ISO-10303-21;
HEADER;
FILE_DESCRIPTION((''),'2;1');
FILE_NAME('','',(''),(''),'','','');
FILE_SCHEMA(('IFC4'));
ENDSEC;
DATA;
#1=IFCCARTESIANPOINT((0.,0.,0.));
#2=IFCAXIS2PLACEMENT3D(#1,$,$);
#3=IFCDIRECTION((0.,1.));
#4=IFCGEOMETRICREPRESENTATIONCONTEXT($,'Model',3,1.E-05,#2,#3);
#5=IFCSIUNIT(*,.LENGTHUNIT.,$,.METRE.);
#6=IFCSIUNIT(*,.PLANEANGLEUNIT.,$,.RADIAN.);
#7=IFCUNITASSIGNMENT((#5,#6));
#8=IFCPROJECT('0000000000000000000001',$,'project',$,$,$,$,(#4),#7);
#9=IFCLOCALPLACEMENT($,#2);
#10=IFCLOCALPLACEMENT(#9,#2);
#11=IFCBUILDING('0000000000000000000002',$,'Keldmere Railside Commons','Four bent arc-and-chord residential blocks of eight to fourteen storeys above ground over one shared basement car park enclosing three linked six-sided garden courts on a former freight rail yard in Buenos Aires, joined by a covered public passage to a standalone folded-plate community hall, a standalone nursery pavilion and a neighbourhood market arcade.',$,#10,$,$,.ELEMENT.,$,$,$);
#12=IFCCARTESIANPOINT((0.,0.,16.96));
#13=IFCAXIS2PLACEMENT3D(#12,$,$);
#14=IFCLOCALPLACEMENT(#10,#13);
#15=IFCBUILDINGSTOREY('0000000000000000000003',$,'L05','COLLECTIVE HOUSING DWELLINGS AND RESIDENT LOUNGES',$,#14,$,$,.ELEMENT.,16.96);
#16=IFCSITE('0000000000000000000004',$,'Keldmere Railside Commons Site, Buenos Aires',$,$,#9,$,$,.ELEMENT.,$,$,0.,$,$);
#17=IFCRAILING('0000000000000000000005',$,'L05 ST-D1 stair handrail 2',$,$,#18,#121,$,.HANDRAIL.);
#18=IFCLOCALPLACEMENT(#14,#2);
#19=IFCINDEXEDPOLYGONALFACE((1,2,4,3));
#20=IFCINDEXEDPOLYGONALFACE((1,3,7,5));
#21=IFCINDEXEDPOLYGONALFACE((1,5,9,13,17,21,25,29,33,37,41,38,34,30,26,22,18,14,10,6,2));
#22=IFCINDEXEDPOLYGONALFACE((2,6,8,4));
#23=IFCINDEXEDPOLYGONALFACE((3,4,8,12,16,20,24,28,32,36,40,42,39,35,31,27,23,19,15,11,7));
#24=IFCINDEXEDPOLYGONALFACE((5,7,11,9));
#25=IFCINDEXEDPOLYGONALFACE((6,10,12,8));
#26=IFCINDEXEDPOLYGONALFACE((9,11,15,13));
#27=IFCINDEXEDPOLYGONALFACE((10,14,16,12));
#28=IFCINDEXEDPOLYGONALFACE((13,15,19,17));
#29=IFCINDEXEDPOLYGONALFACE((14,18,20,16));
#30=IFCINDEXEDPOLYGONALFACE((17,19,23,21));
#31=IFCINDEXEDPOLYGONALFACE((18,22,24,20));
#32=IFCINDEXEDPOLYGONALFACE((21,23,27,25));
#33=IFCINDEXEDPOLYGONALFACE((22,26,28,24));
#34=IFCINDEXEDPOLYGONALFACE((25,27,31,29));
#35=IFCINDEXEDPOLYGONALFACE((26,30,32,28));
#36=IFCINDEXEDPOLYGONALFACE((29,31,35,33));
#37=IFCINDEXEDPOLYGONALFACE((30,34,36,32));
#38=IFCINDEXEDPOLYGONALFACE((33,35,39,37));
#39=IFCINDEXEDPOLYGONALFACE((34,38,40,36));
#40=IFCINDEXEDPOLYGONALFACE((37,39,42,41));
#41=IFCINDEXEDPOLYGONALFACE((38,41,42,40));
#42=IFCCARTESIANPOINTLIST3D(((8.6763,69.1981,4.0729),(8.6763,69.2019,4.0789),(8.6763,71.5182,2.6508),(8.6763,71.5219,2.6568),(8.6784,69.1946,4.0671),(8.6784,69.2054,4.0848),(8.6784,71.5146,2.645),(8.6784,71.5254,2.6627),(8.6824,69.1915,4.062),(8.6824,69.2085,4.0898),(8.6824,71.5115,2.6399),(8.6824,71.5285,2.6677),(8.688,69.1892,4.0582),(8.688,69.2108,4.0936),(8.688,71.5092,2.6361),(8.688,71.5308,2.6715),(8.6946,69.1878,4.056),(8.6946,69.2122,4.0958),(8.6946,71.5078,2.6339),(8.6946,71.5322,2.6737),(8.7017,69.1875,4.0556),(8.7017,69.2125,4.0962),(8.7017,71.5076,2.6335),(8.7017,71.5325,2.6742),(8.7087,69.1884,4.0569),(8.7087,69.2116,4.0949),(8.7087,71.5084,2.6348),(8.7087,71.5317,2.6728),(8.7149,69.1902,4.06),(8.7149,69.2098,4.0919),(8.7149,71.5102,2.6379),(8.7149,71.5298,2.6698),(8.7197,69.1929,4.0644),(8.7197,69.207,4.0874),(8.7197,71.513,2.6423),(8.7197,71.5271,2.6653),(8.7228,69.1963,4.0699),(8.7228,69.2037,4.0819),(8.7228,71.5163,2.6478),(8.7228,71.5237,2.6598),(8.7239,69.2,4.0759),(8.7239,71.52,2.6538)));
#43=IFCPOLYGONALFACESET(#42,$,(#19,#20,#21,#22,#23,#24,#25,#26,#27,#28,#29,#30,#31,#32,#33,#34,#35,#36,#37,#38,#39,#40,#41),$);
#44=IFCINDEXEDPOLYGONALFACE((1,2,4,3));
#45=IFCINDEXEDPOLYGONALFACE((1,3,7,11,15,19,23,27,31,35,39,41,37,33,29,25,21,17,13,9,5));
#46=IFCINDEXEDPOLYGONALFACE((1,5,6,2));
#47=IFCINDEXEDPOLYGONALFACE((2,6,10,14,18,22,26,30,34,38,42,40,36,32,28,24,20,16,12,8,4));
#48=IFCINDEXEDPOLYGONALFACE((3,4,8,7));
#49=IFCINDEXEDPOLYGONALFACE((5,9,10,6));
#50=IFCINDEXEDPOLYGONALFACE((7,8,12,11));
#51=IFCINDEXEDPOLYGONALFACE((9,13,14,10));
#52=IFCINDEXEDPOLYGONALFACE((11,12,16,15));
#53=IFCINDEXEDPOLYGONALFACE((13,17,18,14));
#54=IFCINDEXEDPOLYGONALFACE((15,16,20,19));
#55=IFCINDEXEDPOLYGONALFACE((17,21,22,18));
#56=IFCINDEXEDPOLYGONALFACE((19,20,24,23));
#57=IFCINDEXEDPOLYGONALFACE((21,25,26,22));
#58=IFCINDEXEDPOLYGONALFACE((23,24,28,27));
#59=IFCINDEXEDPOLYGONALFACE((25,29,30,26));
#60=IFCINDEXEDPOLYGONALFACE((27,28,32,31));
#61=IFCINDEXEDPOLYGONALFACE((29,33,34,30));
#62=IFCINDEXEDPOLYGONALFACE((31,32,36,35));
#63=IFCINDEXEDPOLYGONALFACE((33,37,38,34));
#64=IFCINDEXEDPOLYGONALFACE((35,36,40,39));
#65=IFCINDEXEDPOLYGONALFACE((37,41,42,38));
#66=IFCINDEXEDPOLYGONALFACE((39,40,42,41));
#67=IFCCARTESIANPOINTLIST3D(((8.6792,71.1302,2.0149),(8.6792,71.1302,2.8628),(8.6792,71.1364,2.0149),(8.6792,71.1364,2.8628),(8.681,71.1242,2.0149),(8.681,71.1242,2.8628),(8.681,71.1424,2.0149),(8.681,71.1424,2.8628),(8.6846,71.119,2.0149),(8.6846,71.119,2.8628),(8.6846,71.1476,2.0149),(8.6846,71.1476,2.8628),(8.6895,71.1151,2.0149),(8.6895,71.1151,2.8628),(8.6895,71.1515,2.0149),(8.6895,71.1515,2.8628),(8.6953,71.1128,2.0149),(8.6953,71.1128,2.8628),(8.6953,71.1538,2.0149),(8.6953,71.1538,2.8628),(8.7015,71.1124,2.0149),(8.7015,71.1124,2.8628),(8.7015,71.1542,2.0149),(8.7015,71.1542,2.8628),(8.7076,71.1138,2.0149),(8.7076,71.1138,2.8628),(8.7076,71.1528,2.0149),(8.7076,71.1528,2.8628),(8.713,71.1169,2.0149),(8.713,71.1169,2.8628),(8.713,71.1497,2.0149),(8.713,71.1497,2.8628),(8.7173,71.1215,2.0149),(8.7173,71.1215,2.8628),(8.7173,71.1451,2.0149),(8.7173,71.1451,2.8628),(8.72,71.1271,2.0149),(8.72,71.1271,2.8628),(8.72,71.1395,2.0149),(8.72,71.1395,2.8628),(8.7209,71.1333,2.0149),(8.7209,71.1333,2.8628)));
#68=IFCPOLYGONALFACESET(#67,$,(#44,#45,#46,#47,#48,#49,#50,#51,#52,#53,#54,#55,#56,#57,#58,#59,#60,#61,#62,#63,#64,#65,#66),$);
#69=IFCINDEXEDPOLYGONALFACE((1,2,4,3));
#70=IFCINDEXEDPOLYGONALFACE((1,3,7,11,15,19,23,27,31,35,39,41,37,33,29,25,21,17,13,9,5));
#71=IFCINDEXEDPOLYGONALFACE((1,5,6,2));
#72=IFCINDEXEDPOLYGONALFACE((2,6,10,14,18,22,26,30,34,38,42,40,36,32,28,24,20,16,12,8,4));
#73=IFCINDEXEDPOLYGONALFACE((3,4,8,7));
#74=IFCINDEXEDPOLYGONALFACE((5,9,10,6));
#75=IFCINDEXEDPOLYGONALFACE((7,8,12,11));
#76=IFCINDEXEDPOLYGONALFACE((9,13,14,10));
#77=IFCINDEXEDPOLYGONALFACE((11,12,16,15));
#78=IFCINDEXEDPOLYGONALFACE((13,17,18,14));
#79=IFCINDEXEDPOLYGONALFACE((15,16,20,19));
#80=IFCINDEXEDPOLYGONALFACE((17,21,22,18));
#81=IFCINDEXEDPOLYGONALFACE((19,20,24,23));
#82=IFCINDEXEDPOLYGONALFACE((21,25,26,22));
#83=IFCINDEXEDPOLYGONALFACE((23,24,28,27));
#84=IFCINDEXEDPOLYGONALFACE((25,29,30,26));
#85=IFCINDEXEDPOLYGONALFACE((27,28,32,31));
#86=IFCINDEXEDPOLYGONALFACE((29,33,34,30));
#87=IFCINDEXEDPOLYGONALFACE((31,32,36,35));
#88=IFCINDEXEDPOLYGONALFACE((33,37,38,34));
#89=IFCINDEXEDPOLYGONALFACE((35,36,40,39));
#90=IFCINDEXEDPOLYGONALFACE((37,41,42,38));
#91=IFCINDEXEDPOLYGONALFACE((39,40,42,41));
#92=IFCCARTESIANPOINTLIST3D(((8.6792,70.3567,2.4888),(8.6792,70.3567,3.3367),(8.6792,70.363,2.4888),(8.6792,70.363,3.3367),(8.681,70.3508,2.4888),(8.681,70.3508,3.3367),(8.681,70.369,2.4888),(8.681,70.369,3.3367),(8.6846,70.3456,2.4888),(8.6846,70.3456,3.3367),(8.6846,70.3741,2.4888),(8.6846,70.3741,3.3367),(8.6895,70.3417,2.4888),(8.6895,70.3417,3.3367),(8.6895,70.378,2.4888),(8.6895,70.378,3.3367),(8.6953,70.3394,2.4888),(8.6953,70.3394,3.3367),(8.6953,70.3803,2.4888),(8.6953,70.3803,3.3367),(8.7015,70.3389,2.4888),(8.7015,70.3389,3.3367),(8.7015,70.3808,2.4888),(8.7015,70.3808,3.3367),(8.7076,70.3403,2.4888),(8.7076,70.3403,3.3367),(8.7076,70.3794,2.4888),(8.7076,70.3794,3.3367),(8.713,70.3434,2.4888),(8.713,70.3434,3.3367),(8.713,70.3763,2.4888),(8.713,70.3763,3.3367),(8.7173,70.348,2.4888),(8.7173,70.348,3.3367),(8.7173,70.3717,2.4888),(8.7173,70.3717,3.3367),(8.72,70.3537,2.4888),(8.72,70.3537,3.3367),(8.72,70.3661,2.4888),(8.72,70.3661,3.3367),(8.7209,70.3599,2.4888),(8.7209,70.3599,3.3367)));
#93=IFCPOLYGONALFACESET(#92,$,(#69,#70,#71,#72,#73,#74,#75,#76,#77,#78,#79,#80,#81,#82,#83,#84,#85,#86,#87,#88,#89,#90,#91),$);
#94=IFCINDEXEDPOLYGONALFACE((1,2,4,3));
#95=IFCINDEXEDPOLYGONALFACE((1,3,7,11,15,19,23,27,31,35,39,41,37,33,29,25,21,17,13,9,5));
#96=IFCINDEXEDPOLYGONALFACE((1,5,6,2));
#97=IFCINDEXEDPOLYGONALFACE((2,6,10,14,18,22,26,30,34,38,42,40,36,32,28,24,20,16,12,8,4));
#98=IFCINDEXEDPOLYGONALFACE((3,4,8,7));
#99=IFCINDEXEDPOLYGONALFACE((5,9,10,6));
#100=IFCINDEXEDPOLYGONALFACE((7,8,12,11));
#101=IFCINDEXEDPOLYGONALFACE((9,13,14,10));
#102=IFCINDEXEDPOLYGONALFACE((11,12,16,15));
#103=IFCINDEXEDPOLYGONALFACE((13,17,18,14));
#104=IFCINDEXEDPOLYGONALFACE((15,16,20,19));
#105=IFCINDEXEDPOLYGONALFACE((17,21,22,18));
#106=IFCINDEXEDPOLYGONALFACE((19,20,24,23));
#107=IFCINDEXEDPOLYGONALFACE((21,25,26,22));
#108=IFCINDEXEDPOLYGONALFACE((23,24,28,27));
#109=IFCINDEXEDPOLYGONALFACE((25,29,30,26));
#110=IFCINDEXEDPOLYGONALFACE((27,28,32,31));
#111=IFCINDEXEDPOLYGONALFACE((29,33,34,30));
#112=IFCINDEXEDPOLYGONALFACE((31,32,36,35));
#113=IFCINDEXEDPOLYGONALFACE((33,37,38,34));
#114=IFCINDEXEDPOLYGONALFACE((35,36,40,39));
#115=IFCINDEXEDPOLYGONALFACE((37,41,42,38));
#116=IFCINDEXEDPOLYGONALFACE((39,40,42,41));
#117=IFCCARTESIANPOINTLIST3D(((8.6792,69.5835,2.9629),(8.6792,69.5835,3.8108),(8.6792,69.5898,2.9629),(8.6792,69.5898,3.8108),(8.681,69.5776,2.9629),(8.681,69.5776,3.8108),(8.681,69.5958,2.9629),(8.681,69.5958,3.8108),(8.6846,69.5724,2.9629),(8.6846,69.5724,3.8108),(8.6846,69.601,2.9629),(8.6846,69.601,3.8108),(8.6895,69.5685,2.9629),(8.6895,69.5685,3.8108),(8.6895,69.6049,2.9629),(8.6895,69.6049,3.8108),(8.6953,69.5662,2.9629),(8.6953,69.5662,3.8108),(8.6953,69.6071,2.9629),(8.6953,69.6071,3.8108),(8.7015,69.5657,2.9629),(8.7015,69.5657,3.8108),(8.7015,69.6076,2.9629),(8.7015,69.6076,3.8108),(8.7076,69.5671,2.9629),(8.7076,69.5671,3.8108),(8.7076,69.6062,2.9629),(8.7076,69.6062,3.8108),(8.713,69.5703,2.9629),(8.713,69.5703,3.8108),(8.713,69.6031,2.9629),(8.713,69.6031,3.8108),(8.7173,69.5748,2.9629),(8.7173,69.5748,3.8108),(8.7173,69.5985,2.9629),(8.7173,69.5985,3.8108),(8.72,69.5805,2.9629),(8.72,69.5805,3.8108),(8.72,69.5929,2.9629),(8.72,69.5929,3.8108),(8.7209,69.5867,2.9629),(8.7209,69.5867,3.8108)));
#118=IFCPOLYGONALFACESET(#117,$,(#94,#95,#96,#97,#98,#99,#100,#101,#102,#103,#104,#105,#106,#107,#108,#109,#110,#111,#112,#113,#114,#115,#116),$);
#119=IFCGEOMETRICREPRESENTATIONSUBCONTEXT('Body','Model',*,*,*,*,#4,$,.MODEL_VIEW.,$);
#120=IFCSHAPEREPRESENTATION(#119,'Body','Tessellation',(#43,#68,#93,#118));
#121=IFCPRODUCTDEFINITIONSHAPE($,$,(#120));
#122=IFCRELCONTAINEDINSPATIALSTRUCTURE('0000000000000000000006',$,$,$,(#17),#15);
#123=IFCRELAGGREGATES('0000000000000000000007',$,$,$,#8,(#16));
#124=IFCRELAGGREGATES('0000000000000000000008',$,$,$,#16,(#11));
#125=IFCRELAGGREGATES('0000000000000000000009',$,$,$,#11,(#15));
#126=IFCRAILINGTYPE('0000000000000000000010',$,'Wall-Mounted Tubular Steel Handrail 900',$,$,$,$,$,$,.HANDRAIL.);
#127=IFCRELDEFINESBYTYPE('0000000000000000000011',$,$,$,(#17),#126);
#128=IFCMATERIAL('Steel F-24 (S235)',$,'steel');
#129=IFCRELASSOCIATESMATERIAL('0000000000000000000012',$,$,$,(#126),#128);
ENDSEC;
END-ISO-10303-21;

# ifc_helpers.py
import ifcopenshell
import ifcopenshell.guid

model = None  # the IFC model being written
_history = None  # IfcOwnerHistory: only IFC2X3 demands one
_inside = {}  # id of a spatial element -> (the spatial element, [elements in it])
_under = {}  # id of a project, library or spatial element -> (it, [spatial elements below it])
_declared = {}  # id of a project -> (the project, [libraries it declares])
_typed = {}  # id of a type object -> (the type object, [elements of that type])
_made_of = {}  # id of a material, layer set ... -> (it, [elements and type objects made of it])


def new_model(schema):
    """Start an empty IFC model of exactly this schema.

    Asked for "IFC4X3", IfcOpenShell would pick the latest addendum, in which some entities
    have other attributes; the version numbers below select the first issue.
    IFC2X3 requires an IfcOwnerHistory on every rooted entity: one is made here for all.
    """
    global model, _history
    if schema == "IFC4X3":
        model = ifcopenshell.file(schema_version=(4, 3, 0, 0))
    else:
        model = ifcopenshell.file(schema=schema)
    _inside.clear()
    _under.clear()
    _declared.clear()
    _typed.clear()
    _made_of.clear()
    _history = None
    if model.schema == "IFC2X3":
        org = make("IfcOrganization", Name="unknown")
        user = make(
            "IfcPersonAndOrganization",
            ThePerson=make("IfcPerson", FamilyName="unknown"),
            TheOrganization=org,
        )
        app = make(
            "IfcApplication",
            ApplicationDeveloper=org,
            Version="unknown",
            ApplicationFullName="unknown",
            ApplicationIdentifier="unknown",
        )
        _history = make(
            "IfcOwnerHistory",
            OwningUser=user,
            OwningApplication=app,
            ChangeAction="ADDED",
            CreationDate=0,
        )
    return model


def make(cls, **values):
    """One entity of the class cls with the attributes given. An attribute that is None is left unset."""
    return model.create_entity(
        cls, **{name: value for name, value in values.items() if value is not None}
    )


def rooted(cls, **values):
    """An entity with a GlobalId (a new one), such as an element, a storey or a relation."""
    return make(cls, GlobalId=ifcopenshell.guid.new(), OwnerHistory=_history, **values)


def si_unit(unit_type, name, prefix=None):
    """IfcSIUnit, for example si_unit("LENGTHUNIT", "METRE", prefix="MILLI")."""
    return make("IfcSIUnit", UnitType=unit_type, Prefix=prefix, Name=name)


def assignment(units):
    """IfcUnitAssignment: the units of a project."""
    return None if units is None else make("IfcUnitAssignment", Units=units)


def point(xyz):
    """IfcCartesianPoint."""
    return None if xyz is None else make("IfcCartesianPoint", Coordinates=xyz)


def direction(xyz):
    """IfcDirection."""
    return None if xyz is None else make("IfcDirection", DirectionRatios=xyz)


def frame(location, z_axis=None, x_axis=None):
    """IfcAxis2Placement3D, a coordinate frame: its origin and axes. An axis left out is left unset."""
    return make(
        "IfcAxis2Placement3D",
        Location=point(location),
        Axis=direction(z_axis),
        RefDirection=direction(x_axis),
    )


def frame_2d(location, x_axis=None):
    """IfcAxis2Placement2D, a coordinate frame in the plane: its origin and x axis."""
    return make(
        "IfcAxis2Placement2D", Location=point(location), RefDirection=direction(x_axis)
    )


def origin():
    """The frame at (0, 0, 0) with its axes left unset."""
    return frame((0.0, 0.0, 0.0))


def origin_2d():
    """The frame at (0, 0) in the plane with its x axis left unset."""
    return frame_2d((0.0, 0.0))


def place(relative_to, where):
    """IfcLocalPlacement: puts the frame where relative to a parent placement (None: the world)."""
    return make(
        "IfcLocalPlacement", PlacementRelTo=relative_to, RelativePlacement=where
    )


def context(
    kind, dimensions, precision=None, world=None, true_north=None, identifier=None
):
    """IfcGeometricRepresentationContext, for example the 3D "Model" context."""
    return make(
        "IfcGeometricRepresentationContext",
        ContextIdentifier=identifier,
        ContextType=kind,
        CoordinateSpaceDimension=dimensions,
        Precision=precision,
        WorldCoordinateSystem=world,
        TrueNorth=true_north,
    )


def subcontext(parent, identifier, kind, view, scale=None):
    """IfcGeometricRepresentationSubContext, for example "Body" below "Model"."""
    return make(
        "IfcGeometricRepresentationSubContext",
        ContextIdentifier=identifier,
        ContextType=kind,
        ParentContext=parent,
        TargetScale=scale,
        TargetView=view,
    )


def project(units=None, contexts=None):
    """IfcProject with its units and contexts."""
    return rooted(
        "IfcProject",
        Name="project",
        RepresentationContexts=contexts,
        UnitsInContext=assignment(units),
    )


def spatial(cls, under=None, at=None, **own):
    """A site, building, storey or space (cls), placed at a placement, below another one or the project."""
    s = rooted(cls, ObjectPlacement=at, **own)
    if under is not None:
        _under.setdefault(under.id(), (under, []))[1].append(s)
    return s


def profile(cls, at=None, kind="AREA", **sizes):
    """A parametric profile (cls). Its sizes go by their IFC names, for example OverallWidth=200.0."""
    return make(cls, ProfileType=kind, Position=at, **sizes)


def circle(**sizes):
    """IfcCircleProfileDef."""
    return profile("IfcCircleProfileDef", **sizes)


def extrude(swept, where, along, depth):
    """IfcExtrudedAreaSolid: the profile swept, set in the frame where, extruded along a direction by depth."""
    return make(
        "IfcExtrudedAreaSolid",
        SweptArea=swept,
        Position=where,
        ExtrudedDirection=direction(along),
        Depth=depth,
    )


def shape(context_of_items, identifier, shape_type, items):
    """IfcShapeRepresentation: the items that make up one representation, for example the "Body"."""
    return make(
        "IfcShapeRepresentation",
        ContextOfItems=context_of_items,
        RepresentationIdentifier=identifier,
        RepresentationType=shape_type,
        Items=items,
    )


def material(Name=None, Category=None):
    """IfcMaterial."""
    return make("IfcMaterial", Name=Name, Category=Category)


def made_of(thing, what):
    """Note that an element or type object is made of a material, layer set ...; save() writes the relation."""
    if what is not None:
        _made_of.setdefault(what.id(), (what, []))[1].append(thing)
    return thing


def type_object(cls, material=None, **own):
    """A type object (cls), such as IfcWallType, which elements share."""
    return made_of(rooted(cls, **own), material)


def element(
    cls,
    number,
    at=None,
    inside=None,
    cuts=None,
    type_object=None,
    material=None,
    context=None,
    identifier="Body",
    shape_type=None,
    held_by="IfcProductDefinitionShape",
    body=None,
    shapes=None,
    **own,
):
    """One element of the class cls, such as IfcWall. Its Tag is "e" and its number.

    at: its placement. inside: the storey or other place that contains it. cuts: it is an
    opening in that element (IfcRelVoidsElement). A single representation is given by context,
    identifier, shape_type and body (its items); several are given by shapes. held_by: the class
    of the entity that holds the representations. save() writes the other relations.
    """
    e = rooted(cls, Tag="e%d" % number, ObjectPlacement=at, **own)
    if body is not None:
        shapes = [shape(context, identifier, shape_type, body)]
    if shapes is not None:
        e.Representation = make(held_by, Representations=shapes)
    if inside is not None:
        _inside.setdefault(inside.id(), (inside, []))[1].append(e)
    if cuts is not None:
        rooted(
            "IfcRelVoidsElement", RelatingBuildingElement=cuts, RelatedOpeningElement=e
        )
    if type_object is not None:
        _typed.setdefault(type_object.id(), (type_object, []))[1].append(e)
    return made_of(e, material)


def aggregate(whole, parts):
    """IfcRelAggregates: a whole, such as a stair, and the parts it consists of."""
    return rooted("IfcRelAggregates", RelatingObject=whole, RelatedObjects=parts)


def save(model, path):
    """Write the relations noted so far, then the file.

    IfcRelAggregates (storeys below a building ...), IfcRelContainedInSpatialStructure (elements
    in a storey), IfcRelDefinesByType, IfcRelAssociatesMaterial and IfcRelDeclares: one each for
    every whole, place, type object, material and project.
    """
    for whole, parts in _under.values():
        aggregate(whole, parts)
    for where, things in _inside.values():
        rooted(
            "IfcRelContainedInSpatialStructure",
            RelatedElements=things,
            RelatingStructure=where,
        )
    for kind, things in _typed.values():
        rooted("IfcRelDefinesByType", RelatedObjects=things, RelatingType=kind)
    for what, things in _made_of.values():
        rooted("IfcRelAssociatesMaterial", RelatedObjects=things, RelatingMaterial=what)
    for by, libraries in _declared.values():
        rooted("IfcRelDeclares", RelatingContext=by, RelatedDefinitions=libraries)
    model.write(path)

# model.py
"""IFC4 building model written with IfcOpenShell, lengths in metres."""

from ifc_helpers import new_model, si_unit, direction, frame, origin, origin_2d, place, context, subcontext, project, spatial, circle, extrude, material, type_object, element, save


model = new_model("IFC4")

# Units and contexts
model_context = context("Model", 3, precision=1e-05, world=origin(), true_north=direction((0.0, 1.0)))
body_context = subcontext(model_context, "Body", "Model", "MODEL_VIEW")
ifc_project = project(units=[si_unit("LENGTHUNIT", "METRE"), si_unit("PLANEANGLEUNIT", "RADIAN")], contexts=[model_context])

# Site, building, storey
site_placement = place(None, origin())
site = spatial("IfcSite", under=ifc_project, at=site_placement, Name="Keldmere Railside Commons Site, Buenos Aires", CompositionType="ELEMENT", RefElevation=0.0)
building_placement = place(site_placement, origin())
building = spatial("IfcBuilding", under=site, at=building_placement, Name="Keldmere Railside Commons", Description="Four bent arc-and-chord residential blocks of eight to fourteen storeys above ground over one shared basement car park enclosing three linked six-sided garden courts on a former freight rail yard in Buenos Aires, joined by a covered public passage to a standalone folded-plate community hall, a standalone nursery pavilion and a neighbourhood market arcade.", CompositionType="ELEMENT")
storey_placement = place(building_placement, frame((0.0, 0.0, 16.96)))
storey = spatial("IfcBuildingStorey", under=building, at=storey_placement, Name="L05", Description="COLLECTIVE HOUSING DWELLINGS AND RESIDENT LOUNGES", CompositionType="ELEMENT", Elevation=16.96)

# Railing
ifc_material_1 = material(Name="Steel F-24 (S235)", Category="steel")
railing_type_1 = type_object("IfcRailingType", Name="Wall-Mounted Tubular Steel Handrail 900", PredefinedType="HANDRAIL", material=ifc_material_1)
railing_1_placement = place(storey_placement, frame((8.7, 71.52, 1.7778)))
element("IfcRailing", 1, at=railing_1_placement, inside=storey, type_object=railing_type_1, Name="L05 ST-D1 stair handrail 2", PredefinedType="HANDRAIL", context=body_context, shape_type="SweptSolid", body=[
    extrude(circle(Radius=0.0239, at=origin_2d()), frame((0.0, 0.0, 0.876), z_axis=(0.0, -0.852578, 0.5226), x_axis=(1.0, 0.0, 0.0)), (0.0, 0.0, 1.0), 2.7212),
    extrude(circle(Radius=0.021, at=origin_2d()), frame((0.0, -0.3867, 0.2371)), (0.0, 0.0, 1.0), 0.8479),
    extrude(circle(Radius=0.021, at=origin_2d()), frame((0.0, -1.1602, 0.7109)), (0.0, 0.0, 1.0), 0.8479),
    extrude(circle(Radius=0.021, at=origin_2d()), frame((0.0, -1.9333, 1.1851)), (0.0, 0.0, 1.0), 0.8479),
])

save(model, "model.ifc")
